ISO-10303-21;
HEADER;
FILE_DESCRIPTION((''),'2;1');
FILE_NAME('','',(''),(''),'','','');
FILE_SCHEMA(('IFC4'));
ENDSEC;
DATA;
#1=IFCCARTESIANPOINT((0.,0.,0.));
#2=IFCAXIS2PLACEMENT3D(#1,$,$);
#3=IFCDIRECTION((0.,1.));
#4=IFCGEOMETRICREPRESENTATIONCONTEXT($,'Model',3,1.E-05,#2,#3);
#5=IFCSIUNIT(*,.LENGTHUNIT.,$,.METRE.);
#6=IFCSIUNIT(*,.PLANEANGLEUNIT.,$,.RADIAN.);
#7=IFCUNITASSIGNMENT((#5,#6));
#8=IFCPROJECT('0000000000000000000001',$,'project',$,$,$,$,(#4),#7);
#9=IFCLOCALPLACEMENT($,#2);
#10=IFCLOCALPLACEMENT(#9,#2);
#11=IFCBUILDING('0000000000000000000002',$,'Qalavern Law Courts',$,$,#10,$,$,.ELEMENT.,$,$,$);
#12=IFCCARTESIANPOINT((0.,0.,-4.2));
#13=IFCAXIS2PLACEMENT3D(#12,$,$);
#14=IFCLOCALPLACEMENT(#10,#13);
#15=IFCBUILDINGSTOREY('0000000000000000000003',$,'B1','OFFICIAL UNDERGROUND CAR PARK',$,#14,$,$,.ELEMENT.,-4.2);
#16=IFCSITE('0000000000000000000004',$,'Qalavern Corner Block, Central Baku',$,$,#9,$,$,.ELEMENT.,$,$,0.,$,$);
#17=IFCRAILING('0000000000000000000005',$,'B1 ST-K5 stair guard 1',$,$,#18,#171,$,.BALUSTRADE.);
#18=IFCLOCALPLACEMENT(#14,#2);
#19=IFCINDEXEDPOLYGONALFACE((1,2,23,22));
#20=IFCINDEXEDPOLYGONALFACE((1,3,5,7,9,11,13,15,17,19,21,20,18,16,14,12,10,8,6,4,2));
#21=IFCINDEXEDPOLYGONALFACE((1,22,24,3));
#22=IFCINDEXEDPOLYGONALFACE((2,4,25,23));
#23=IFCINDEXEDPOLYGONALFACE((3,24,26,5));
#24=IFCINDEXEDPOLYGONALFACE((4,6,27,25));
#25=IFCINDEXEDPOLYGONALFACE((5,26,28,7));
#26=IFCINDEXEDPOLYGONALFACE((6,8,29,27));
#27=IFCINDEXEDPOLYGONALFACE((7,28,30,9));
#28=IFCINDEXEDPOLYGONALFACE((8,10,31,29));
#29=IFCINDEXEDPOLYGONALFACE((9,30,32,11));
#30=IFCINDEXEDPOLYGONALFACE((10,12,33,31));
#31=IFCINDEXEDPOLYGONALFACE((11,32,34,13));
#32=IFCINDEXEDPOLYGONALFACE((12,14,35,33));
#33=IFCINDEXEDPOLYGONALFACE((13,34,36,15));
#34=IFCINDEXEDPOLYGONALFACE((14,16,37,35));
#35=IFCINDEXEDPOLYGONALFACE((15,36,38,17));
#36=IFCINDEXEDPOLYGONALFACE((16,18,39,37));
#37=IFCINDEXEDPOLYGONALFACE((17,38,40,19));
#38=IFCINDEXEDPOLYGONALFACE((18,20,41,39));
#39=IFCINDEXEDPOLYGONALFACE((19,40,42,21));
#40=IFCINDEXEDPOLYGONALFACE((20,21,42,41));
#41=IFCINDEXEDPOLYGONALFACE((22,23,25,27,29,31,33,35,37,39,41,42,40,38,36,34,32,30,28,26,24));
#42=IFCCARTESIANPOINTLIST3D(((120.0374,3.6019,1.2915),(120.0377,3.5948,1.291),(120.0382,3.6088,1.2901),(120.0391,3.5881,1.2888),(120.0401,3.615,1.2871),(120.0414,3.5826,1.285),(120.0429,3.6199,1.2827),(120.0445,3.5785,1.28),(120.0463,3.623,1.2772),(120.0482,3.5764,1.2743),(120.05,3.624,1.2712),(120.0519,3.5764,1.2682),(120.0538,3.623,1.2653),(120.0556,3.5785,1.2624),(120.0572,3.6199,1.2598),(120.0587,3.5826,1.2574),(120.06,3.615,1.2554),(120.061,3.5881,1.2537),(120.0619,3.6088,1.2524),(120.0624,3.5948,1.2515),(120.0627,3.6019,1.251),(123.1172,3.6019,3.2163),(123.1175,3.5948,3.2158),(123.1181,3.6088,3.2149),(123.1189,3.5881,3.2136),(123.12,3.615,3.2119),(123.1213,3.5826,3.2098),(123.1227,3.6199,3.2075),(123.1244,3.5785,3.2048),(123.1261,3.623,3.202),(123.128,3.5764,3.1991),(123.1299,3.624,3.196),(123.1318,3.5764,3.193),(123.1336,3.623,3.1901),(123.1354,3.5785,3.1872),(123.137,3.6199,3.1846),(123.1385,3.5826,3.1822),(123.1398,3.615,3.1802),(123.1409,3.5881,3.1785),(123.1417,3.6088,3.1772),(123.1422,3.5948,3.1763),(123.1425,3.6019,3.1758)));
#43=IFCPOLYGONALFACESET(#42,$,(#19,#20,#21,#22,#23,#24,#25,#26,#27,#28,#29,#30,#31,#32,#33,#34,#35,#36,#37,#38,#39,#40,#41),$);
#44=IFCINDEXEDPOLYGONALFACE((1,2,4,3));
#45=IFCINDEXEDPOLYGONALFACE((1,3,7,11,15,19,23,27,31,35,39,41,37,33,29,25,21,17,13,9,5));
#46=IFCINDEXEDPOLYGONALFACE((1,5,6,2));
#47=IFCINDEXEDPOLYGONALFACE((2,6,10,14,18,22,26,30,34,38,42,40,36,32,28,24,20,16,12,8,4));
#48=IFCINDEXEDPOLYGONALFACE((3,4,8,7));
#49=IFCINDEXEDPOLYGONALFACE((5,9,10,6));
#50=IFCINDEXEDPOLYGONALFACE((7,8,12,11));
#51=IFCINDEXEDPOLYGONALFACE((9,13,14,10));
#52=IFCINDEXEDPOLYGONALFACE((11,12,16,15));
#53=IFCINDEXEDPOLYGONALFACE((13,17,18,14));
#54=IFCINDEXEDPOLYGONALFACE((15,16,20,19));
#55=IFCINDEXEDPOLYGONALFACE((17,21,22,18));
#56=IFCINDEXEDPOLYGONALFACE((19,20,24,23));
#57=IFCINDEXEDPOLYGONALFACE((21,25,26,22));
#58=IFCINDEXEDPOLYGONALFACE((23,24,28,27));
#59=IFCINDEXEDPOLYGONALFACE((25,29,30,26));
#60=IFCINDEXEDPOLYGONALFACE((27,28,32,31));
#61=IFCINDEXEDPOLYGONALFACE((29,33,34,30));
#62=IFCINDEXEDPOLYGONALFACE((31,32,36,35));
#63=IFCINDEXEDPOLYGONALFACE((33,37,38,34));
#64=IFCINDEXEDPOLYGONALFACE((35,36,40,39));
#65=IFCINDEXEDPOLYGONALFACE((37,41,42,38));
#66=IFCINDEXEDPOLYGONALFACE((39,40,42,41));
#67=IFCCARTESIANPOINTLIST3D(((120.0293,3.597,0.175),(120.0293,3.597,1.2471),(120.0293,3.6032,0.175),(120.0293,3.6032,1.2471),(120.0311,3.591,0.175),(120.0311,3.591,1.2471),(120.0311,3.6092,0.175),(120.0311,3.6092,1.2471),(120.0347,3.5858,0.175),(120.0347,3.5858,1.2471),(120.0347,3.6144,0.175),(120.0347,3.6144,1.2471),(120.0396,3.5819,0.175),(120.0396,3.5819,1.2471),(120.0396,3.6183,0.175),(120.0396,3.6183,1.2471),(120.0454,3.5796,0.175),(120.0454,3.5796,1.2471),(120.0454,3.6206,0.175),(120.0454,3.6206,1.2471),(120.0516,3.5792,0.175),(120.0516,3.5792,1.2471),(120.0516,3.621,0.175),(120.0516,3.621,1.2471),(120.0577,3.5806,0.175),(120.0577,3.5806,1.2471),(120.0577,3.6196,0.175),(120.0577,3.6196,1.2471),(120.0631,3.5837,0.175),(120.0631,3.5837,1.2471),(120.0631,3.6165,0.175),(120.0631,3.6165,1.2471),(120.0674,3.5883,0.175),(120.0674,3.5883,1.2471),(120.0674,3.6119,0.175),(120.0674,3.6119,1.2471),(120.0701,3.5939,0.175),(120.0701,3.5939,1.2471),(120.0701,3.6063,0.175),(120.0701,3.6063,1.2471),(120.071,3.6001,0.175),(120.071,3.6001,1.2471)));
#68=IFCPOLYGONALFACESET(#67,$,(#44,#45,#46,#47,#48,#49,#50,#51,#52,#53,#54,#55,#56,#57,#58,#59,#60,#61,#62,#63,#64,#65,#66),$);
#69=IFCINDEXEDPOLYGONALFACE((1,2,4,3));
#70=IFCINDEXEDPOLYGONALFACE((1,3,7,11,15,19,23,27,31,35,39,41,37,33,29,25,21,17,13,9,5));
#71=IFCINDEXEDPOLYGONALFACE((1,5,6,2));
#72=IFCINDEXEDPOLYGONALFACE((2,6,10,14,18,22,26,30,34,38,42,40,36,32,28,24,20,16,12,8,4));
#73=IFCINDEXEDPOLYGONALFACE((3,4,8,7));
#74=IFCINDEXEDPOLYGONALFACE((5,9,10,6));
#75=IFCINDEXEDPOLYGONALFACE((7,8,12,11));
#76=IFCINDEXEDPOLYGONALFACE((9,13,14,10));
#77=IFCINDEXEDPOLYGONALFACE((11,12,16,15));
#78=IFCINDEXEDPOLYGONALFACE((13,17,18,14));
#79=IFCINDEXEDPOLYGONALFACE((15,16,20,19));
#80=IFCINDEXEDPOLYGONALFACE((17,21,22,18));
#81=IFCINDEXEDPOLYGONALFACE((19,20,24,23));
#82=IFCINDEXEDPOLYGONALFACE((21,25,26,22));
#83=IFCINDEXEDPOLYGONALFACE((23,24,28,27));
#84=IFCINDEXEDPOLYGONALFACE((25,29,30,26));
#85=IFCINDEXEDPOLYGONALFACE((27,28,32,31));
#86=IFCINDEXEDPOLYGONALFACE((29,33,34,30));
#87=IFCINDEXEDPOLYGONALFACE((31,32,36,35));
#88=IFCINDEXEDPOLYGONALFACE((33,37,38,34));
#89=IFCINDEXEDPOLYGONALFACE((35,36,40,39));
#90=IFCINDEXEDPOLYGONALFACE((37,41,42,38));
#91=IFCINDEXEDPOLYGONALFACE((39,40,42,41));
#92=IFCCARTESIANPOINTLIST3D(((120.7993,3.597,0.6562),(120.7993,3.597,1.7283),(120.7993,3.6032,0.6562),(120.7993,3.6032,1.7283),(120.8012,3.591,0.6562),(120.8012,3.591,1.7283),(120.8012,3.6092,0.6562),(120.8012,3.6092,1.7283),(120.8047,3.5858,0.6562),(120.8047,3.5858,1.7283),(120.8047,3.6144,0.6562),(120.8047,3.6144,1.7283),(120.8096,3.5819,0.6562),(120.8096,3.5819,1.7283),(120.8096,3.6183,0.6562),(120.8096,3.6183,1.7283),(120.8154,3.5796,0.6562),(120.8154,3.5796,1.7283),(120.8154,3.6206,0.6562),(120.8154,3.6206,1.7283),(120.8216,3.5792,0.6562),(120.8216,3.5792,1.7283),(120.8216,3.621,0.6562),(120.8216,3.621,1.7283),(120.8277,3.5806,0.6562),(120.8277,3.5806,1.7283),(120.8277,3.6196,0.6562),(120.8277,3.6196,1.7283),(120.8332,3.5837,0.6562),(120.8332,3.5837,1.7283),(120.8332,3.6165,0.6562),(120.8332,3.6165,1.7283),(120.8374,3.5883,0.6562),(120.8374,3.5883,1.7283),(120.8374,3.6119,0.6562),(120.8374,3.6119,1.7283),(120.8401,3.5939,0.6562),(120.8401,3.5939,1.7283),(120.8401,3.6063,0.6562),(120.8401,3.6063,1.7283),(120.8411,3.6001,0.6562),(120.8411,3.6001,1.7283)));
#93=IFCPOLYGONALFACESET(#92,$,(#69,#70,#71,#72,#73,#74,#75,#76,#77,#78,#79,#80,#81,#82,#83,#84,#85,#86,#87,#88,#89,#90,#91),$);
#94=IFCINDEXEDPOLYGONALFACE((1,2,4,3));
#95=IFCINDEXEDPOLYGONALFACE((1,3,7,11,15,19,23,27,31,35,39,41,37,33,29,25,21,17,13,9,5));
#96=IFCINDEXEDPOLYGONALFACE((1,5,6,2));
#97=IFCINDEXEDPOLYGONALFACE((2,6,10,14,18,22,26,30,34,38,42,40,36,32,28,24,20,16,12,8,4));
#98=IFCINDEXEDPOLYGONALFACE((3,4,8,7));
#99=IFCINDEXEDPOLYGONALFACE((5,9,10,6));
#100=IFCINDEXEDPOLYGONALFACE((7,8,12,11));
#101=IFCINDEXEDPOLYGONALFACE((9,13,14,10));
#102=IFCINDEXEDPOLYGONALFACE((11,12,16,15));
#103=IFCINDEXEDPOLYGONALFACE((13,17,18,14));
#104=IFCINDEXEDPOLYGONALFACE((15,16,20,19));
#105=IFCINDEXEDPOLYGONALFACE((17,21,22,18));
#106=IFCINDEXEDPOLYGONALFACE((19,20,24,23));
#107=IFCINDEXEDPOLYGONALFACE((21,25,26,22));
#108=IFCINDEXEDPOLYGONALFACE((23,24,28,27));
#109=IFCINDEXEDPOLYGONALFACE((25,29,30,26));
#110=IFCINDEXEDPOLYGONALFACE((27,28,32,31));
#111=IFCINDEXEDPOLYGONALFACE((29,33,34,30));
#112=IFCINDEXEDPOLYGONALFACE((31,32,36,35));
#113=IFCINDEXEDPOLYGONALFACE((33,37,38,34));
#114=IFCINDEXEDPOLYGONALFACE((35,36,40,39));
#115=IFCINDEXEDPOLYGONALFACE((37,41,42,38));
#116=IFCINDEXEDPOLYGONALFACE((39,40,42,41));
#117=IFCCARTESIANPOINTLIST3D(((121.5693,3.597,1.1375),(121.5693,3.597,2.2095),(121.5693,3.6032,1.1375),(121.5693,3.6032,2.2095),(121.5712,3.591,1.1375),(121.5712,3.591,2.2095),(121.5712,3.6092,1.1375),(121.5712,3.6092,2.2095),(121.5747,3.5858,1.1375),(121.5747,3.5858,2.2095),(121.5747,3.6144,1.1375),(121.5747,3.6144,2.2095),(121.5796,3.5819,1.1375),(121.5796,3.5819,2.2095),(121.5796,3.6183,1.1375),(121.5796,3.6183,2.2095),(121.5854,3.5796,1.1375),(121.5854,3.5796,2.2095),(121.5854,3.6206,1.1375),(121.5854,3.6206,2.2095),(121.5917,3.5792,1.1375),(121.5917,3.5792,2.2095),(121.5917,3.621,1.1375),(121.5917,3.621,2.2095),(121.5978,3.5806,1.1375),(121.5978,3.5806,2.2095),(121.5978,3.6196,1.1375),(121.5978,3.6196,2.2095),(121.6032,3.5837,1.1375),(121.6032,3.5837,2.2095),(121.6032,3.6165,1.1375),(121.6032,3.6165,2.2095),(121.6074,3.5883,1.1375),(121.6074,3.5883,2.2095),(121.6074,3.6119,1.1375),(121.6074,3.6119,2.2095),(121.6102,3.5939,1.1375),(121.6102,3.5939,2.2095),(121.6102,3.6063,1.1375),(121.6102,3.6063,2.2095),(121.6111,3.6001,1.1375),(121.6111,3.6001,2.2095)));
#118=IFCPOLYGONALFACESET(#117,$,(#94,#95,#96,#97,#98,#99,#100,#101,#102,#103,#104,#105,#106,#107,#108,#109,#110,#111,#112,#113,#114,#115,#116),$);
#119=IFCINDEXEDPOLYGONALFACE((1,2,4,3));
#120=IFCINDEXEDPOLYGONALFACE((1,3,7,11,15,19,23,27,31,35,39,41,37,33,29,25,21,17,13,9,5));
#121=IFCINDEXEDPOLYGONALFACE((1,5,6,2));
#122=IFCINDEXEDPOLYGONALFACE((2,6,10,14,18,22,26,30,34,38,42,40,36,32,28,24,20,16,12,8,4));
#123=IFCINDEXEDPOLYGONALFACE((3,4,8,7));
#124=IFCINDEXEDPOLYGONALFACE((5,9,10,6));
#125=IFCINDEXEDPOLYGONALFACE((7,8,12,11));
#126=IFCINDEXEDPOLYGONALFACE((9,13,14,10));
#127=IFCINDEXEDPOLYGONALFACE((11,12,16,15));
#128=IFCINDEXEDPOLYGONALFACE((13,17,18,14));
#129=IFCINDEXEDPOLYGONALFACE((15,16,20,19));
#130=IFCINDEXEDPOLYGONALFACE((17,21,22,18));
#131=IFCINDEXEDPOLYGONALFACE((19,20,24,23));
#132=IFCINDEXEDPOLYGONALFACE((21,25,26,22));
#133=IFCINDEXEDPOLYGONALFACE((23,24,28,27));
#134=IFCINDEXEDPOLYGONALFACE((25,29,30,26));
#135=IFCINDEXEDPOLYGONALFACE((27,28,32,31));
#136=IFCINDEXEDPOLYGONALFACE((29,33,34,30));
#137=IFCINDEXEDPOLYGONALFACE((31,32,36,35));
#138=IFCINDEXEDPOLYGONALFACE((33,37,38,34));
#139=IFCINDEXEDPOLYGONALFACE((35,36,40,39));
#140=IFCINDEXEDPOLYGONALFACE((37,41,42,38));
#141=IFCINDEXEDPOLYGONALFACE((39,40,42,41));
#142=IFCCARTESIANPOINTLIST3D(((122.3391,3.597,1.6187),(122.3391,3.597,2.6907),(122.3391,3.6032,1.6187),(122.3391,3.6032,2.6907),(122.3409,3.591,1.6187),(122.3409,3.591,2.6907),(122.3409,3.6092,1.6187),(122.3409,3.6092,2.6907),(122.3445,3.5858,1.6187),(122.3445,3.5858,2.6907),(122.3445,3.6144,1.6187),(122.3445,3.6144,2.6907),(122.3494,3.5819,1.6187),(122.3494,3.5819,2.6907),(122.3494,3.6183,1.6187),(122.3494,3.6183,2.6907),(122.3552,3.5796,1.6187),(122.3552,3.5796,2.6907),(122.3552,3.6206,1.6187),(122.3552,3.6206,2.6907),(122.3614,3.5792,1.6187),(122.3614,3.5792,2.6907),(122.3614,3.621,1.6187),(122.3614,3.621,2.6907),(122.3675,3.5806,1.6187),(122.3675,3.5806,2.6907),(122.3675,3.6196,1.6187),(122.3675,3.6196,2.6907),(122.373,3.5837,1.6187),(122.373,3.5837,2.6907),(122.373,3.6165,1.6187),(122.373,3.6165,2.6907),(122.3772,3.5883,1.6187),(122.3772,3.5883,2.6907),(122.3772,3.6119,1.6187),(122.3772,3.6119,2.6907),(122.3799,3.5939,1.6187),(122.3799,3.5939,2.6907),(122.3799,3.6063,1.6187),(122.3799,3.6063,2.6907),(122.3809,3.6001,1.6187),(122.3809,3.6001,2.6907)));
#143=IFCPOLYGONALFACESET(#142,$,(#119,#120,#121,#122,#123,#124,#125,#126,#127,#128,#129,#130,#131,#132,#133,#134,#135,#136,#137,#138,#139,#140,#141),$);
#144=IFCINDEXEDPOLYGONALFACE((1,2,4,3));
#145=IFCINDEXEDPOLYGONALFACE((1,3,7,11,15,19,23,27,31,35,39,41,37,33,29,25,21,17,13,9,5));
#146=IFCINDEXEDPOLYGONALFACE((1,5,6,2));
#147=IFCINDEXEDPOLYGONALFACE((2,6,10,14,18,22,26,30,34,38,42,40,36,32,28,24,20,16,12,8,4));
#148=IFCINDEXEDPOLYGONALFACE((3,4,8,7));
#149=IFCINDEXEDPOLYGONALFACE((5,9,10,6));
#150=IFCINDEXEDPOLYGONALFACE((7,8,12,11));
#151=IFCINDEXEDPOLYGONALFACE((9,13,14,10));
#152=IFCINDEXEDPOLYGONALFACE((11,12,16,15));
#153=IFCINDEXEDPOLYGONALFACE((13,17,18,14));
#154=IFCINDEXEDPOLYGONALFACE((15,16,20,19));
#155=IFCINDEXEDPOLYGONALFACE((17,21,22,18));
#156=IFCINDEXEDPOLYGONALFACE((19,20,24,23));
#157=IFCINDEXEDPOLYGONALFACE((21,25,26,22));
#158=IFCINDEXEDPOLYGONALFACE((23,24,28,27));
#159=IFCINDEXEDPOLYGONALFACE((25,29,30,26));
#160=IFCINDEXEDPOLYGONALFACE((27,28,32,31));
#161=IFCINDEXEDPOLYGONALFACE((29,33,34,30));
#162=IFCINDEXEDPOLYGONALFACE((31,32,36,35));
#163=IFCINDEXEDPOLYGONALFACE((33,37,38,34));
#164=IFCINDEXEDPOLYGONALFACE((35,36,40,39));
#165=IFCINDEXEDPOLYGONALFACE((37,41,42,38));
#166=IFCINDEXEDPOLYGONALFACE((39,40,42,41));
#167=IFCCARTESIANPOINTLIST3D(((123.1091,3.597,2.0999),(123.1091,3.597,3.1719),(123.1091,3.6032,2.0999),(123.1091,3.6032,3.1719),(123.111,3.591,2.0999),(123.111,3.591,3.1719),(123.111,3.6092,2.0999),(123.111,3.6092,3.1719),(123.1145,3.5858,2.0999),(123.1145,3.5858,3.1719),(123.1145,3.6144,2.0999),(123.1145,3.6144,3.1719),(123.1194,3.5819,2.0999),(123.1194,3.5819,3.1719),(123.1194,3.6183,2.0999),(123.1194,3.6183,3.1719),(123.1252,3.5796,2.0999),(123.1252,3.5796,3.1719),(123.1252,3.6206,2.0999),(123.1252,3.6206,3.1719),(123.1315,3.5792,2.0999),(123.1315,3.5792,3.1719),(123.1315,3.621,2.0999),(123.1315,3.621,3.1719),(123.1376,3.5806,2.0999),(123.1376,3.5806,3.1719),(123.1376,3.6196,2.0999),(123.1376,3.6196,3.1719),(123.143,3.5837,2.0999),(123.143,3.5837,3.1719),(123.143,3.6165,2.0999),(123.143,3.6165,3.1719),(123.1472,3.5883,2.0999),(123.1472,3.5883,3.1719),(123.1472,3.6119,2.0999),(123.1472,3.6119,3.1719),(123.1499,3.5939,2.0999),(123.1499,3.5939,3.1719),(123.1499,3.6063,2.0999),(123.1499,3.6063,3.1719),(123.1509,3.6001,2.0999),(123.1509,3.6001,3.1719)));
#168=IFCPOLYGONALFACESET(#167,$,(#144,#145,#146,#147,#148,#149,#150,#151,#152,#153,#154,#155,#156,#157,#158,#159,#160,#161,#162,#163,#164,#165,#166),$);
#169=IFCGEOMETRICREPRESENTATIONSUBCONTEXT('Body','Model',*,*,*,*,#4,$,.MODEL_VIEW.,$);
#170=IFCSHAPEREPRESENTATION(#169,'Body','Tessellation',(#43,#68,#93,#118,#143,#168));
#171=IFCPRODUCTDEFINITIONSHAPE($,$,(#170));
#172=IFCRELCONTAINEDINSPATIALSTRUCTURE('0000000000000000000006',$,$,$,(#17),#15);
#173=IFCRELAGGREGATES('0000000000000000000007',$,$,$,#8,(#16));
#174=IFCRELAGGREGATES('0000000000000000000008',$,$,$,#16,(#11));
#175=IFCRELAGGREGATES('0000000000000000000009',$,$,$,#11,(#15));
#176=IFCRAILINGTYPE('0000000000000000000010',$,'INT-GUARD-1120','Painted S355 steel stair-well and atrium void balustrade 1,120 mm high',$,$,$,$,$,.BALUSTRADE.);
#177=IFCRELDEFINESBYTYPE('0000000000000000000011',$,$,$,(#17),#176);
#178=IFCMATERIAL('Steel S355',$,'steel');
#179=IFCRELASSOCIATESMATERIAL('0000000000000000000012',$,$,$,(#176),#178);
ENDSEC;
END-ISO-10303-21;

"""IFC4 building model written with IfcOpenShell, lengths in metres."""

from ifc_helpers import new_model, si_unit, direction, frame, origin, origin_2d, place, context, subcontext, project, spatial, circle, extrude, material, type_object, element, save


model = new_model("IFC4")

# Units and contexts
model_context = context("Model", 3, precision=1e-05, world=origin(), true_north=direction((0.0, 1.0)))
body_context = subcontext(model_context, "Body", "Model", "MODEL_VIEW")
ifc_project = project(units=[si_unit("LENGTHUNIT", "METRE"), si_unit("PLANEANGLEUNIT", "RADIAN")], contexts=[model_context])

# Site, building, storey
site_placement = place(None, origin())
site = spatial("IfcSite", under=ifc_project, at=site_placement, Name="Qalavern Corner Block, Central Baku", CompositionType="ELEMENT", RefElevation=0.0)
building_placement = place(site_placement, origin())
building = spatial("IfcBuilding", under=site, at=building_placement, Name="Qalavern Law Courts", CompositionType="ELEMENT")
storey_placement = place(building_placement, frame((0.0, 0.0, -4.2)))
storey = spatial("IfcBuildingStorey", under=building, at=storey_placement, Name="B1", Description="OFFICIAL UNDERGROUND CAR PARK", CompositionType="ELEMENT", Elevation=-4.2)

# Shared definitions
ifc_material_1 = material(Name="Steel S355", Category="steel")

# Railing
railing_type_1 = type_object("IfcRailingType", Name="INT-GUARD-1120", Description="Painted S355 steel stair-well and atrium void balustrade 1,120 mm high", PredefinedType="BALUSTRADE", material=ifc_material_1)
railing_1_placement = place(storey_placement, frame((120.05, 3.6001, 0.175)))
element("IfcRailing", 1, at=railing_1_placement, inside=storey, type_object=railing_type_1, Name="B1 ST-K5 stair guard 1", PredefinedType="BALUSTRADE", context=body_context, shape_type="SweptSolid", body=[
    extrude(circle(Radius=0.0239, at=origin_2d()), frame((0.0, 0.0, 1.0962), z_axis=(0.84801, 0.0, 0.529981), x_axis=(0.0, 1.0, 0.0)), (0.0, 0.0, 1.0), 3.6318),
    extrude(circle(Radius=0.021, at=origin_2d()), origin(), (0.0, 0.0, 1.0), 1.072),
    extrude(circle(Radius=0.021, at=origin_2d()), frame((0.77, 0.0, 0.4812)), (0.0, 0.0, 1.0), 1.072),
    extrude(circle(Radius=0.021, at=origin_2d()), frame((1.54, 0.0, 0.9624)), (0.0, 0.0, 1.0), 1.072),
    extrude(circle(Radius=0.021, at=origin_2d()), frame((2.3098, 0.0, 1.4436)), (0.0, 0.0, 1.0), 1.072),
    extrude(circle(Radius=0.021, at=origin_2d()), frame((3.0798, 0.0, 1.9248)), (0.0, 0.0, 1.0), 1.072),
])

save(model, "model.ifc")
